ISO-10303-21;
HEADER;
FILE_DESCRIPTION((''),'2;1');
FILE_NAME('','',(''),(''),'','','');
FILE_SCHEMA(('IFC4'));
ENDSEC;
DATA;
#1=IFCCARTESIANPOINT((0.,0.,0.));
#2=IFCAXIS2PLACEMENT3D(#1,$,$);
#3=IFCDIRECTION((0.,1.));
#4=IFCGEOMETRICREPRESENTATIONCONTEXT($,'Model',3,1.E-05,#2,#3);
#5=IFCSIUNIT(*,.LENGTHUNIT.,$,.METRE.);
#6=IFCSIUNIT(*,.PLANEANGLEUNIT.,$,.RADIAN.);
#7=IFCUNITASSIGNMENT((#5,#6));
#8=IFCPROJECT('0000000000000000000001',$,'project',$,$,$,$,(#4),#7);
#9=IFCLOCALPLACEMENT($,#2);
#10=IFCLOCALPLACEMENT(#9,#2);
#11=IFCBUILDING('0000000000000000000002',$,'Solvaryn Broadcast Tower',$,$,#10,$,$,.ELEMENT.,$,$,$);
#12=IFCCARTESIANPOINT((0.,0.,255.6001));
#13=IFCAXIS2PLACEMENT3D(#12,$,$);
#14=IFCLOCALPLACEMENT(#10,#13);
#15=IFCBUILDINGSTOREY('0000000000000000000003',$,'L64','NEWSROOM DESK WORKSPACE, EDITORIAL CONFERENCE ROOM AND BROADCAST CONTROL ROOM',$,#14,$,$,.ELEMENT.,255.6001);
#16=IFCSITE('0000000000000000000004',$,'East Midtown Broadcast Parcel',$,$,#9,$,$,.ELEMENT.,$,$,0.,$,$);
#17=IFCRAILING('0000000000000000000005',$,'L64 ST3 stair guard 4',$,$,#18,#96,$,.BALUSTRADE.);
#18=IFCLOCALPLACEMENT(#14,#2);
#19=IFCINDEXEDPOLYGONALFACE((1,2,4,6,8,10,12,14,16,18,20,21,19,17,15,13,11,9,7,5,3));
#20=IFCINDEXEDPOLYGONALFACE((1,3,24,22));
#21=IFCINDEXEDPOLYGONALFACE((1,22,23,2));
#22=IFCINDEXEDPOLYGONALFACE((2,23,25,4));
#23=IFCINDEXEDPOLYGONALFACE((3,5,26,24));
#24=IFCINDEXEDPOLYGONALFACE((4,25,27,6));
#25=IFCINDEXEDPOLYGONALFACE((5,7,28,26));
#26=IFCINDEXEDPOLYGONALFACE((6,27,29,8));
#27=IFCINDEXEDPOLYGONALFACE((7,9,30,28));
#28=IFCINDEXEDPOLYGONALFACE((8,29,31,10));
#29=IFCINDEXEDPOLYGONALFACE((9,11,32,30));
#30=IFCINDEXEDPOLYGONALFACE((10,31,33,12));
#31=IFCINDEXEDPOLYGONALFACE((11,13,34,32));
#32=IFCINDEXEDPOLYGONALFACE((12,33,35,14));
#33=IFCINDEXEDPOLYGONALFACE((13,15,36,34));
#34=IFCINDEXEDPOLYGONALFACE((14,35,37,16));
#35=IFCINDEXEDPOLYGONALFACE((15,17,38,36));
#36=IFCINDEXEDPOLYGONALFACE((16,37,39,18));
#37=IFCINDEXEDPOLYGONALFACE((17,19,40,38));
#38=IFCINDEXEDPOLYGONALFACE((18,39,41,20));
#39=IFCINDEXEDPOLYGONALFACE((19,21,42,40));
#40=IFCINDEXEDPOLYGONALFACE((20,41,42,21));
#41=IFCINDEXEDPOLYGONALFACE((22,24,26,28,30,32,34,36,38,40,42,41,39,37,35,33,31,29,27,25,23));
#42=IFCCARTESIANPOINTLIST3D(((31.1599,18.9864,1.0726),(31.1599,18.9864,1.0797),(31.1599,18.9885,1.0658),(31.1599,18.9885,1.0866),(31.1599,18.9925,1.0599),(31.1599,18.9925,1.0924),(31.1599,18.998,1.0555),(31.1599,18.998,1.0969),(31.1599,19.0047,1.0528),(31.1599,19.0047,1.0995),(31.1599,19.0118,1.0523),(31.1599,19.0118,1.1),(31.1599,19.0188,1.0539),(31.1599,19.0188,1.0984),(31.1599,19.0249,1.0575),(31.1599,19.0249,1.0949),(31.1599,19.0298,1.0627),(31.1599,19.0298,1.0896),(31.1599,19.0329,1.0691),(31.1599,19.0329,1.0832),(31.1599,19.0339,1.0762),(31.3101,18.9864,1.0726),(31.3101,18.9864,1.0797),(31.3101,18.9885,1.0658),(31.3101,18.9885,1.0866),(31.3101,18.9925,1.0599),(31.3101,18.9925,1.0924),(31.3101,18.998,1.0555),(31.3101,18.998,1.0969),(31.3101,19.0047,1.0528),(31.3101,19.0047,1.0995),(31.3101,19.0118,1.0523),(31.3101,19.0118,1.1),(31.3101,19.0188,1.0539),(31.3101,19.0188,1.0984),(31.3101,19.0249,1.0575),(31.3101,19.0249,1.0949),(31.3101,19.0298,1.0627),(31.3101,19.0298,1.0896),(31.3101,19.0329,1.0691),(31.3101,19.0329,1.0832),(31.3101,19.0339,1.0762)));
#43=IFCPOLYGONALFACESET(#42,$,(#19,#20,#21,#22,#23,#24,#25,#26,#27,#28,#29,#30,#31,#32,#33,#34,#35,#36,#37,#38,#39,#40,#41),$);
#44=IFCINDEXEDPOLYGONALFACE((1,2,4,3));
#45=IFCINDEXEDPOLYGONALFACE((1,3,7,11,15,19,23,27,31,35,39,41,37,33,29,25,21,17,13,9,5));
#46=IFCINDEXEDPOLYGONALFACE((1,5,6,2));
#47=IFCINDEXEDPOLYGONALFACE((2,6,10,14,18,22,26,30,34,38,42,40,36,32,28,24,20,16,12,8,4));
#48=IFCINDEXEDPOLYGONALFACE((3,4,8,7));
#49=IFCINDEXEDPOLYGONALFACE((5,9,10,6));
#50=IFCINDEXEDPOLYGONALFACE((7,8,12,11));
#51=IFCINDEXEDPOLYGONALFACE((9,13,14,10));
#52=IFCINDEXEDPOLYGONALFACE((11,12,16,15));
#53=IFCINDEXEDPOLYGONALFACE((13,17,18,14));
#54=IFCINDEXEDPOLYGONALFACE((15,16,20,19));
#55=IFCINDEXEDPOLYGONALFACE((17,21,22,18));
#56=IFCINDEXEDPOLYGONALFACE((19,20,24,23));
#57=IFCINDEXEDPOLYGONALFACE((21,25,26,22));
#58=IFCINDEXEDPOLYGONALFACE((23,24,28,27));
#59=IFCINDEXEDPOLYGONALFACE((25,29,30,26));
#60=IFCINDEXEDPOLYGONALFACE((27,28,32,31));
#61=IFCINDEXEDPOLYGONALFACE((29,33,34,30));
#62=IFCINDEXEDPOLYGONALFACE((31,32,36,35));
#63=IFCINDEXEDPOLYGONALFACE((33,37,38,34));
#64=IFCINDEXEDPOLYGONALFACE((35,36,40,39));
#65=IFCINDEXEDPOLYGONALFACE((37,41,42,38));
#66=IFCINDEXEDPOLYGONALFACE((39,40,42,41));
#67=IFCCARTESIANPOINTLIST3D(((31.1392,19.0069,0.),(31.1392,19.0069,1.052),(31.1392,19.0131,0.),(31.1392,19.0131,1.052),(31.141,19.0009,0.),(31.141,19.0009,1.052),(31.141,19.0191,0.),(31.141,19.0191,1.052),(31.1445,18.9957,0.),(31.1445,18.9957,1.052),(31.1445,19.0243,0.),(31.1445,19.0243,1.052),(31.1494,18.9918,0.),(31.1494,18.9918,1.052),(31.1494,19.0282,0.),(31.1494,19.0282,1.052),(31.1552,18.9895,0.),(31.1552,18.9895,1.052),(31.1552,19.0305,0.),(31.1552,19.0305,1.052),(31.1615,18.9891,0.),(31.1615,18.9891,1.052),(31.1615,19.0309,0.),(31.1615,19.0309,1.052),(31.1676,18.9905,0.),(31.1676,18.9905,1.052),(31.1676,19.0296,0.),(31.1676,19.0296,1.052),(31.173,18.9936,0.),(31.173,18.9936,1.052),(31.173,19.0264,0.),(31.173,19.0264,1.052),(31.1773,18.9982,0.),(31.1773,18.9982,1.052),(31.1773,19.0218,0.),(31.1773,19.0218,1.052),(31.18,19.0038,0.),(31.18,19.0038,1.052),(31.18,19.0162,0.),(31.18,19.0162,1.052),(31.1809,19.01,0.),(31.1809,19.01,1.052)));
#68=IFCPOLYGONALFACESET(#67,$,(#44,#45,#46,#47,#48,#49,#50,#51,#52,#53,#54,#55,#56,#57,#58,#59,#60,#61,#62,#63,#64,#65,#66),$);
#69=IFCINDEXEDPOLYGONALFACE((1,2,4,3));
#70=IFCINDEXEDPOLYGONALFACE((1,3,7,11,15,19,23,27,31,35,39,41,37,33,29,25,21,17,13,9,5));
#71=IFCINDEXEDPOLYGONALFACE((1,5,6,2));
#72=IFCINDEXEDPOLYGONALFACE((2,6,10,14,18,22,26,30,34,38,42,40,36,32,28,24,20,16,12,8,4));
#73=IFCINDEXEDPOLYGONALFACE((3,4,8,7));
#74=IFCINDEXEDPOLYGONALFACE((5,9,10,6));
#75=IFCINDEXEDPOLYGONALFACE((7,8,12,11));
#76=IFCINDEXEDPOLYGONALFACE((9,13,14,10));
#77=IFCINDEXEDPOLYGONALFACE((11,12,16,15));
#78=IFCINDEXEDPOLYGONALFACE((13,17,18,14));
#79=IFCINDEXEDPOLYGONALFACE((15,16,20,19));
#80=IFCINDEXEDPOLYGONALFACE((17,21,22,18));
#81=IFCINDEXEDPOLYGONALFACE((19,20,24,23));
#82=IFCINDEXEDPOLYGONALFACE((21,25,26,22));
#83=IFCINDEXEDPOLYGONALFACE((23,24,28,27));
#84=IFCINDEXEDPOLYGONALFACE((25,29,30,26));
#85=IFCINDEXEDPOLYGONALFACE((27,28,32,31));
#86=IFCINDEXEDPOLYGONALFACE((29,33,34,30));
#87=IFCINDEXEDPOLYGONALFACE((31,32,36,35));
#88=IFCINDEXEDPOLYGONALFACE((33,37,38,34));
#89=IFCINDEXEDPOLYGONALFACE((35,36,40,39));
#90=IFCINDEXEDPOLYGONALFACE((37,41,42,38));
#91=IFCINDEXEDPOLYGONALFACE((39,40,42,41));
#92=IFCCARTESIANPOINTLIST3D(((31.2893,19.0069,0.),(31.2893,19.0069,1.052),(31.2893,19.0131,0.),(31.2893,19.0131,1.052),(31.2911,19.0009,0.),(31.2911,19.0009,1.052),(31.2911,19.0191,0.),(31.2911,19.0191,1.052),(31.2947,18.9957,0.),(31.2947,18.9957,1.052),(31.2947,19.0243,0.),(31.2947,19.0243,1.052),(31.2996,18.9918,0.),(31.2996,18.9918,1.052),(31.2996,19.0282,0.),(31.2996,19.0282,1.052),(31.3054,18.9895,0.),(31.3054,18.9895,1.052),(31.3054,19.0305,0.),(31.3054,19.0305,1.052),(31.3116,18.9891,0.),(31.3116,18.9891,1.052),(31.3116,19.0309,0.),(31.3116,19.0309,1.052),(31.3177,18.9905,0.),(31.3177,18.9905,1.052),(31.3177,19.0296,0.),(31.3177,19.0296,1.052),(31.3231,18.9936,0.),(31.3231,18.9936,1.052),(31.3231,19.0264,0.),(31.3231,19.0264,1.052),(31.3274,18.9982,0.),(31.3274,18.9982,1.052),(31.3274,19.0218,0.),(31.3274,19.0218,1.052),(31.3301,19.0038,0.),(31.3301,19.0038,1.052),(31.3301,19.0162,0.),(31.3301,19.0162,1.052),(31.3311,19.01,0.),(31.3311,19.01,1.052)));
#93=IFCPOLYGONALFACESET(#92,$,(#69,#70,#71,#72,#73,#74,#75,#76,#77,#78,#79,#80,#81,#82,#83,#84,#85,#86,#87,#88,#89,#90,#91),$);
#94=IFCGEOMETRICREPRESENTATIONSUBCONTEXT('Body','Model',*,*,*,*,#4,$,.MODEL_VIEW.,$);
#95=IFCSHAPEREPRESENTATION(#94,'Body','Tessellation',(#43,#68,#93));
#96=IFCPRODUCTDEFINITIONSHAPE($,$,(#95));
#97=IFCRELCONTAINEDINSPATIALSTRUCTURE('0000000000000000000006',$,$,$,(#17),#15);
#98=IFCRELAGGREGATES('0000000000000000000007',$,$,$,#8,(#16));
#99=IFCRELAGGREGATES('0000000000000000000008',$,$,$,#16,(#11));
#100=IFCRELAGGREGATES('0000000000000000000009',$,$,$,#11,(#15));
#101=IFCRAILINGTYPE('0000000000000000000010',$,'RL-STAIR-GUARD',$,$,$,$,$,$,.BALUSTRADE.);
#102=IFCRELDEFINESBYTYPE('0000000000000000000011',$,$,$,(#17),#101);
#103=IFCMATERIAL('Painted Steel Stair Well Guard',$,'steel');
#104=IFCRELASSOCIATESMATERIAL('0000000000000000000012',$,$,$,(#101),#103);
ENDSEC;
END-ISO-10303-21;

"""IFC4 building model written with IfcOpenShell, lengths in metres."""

from ifc_helpers import new_model, si_unit, direction, frame, origin, origin_2d, place, context, subcontext, project, spatial, circle, extrude, material, type_object, element, save


model = new_model("IFC4")

# Units and contexts
model_context = context("Model", 3, precision=1e-05, world=origin(), true_north=direction((0.0, 1.0)))
body_context = subcontext(model_context, "Body", "Model", "MODEL_VIEW")
ifc_project = project(units=[si_unit("LENGTHUNIT", "METRE"), si_unit("PLANEANGLEUNIT", "RADIAN")], contexts=[model_context])

# Site, building, storey
site_placement = place(None, origin())
site = spatial("IfcSite", under=ifc_project, at=site_placement, Name="East Midtown Broadcast Parcel", CompositionType="ELEMENT", RefElevation=0.0)
building_placement = place(site_placement, origin())
building = spatial("IfcBuilding", under=site, at=building_placement, Name="Solvaryn Broadcast Tower", CompositionType="ELEMENT")
storey_placement = place(building_placement, frame((0.0, 0.0, 255.6001)))
storey = spatial("IfcBuildingStorey", under=building, at=storey_placement, Name="L64", Description="NEWSROOM DESK WORKSPACE, EDITORIAL CONFERENCE ROOM AND BROADCAST CONTROL ROOM", CompositionType="ELEMENT", Elevation=255.6001)

# Railing
ifc_material_1 = material(Name="Painted Steel Stair Well Guard", Category="steel")
railing_type_1 = type_object("IfcRailingType", Name="RL-STAIR-GUARD", PredefinedType="BALUSTRADE", material=ifc_material_1)
railing_1_placement = place(storey_placement, frame((31.1599, 19.01, 0.0)))
element("IfcRailing", 1, at=railing_1_placement, inside=storey, type_object=railing_type_1, Name="L64 ST3 stair guard 4", PredefinedType="BALUSTRADE", context=body_context, shape_type="SweptSolid", body=[
    extrude(circle(Radius=0.0239, at=origin_2d()), frame((0.0, 0.0, 1.0762), z_axis=(1.0, 0.0, 0.0), x_axis=(0.0, 1.0, 0.0)), (0.0, 0.0, 1.0), 0.1501),
    extrude(circle(Radius=0.021, at=origin_2d()), origin(), (0.0, 0.0, 1.0), 1.052),
    extrude(circle(Radius=0.021, at=origin_2d()), frame((0.1501, 0.0, 0.0)), (0.0, 0.0, 1.0), 1.052),
])

save(model, "model.ifc")
